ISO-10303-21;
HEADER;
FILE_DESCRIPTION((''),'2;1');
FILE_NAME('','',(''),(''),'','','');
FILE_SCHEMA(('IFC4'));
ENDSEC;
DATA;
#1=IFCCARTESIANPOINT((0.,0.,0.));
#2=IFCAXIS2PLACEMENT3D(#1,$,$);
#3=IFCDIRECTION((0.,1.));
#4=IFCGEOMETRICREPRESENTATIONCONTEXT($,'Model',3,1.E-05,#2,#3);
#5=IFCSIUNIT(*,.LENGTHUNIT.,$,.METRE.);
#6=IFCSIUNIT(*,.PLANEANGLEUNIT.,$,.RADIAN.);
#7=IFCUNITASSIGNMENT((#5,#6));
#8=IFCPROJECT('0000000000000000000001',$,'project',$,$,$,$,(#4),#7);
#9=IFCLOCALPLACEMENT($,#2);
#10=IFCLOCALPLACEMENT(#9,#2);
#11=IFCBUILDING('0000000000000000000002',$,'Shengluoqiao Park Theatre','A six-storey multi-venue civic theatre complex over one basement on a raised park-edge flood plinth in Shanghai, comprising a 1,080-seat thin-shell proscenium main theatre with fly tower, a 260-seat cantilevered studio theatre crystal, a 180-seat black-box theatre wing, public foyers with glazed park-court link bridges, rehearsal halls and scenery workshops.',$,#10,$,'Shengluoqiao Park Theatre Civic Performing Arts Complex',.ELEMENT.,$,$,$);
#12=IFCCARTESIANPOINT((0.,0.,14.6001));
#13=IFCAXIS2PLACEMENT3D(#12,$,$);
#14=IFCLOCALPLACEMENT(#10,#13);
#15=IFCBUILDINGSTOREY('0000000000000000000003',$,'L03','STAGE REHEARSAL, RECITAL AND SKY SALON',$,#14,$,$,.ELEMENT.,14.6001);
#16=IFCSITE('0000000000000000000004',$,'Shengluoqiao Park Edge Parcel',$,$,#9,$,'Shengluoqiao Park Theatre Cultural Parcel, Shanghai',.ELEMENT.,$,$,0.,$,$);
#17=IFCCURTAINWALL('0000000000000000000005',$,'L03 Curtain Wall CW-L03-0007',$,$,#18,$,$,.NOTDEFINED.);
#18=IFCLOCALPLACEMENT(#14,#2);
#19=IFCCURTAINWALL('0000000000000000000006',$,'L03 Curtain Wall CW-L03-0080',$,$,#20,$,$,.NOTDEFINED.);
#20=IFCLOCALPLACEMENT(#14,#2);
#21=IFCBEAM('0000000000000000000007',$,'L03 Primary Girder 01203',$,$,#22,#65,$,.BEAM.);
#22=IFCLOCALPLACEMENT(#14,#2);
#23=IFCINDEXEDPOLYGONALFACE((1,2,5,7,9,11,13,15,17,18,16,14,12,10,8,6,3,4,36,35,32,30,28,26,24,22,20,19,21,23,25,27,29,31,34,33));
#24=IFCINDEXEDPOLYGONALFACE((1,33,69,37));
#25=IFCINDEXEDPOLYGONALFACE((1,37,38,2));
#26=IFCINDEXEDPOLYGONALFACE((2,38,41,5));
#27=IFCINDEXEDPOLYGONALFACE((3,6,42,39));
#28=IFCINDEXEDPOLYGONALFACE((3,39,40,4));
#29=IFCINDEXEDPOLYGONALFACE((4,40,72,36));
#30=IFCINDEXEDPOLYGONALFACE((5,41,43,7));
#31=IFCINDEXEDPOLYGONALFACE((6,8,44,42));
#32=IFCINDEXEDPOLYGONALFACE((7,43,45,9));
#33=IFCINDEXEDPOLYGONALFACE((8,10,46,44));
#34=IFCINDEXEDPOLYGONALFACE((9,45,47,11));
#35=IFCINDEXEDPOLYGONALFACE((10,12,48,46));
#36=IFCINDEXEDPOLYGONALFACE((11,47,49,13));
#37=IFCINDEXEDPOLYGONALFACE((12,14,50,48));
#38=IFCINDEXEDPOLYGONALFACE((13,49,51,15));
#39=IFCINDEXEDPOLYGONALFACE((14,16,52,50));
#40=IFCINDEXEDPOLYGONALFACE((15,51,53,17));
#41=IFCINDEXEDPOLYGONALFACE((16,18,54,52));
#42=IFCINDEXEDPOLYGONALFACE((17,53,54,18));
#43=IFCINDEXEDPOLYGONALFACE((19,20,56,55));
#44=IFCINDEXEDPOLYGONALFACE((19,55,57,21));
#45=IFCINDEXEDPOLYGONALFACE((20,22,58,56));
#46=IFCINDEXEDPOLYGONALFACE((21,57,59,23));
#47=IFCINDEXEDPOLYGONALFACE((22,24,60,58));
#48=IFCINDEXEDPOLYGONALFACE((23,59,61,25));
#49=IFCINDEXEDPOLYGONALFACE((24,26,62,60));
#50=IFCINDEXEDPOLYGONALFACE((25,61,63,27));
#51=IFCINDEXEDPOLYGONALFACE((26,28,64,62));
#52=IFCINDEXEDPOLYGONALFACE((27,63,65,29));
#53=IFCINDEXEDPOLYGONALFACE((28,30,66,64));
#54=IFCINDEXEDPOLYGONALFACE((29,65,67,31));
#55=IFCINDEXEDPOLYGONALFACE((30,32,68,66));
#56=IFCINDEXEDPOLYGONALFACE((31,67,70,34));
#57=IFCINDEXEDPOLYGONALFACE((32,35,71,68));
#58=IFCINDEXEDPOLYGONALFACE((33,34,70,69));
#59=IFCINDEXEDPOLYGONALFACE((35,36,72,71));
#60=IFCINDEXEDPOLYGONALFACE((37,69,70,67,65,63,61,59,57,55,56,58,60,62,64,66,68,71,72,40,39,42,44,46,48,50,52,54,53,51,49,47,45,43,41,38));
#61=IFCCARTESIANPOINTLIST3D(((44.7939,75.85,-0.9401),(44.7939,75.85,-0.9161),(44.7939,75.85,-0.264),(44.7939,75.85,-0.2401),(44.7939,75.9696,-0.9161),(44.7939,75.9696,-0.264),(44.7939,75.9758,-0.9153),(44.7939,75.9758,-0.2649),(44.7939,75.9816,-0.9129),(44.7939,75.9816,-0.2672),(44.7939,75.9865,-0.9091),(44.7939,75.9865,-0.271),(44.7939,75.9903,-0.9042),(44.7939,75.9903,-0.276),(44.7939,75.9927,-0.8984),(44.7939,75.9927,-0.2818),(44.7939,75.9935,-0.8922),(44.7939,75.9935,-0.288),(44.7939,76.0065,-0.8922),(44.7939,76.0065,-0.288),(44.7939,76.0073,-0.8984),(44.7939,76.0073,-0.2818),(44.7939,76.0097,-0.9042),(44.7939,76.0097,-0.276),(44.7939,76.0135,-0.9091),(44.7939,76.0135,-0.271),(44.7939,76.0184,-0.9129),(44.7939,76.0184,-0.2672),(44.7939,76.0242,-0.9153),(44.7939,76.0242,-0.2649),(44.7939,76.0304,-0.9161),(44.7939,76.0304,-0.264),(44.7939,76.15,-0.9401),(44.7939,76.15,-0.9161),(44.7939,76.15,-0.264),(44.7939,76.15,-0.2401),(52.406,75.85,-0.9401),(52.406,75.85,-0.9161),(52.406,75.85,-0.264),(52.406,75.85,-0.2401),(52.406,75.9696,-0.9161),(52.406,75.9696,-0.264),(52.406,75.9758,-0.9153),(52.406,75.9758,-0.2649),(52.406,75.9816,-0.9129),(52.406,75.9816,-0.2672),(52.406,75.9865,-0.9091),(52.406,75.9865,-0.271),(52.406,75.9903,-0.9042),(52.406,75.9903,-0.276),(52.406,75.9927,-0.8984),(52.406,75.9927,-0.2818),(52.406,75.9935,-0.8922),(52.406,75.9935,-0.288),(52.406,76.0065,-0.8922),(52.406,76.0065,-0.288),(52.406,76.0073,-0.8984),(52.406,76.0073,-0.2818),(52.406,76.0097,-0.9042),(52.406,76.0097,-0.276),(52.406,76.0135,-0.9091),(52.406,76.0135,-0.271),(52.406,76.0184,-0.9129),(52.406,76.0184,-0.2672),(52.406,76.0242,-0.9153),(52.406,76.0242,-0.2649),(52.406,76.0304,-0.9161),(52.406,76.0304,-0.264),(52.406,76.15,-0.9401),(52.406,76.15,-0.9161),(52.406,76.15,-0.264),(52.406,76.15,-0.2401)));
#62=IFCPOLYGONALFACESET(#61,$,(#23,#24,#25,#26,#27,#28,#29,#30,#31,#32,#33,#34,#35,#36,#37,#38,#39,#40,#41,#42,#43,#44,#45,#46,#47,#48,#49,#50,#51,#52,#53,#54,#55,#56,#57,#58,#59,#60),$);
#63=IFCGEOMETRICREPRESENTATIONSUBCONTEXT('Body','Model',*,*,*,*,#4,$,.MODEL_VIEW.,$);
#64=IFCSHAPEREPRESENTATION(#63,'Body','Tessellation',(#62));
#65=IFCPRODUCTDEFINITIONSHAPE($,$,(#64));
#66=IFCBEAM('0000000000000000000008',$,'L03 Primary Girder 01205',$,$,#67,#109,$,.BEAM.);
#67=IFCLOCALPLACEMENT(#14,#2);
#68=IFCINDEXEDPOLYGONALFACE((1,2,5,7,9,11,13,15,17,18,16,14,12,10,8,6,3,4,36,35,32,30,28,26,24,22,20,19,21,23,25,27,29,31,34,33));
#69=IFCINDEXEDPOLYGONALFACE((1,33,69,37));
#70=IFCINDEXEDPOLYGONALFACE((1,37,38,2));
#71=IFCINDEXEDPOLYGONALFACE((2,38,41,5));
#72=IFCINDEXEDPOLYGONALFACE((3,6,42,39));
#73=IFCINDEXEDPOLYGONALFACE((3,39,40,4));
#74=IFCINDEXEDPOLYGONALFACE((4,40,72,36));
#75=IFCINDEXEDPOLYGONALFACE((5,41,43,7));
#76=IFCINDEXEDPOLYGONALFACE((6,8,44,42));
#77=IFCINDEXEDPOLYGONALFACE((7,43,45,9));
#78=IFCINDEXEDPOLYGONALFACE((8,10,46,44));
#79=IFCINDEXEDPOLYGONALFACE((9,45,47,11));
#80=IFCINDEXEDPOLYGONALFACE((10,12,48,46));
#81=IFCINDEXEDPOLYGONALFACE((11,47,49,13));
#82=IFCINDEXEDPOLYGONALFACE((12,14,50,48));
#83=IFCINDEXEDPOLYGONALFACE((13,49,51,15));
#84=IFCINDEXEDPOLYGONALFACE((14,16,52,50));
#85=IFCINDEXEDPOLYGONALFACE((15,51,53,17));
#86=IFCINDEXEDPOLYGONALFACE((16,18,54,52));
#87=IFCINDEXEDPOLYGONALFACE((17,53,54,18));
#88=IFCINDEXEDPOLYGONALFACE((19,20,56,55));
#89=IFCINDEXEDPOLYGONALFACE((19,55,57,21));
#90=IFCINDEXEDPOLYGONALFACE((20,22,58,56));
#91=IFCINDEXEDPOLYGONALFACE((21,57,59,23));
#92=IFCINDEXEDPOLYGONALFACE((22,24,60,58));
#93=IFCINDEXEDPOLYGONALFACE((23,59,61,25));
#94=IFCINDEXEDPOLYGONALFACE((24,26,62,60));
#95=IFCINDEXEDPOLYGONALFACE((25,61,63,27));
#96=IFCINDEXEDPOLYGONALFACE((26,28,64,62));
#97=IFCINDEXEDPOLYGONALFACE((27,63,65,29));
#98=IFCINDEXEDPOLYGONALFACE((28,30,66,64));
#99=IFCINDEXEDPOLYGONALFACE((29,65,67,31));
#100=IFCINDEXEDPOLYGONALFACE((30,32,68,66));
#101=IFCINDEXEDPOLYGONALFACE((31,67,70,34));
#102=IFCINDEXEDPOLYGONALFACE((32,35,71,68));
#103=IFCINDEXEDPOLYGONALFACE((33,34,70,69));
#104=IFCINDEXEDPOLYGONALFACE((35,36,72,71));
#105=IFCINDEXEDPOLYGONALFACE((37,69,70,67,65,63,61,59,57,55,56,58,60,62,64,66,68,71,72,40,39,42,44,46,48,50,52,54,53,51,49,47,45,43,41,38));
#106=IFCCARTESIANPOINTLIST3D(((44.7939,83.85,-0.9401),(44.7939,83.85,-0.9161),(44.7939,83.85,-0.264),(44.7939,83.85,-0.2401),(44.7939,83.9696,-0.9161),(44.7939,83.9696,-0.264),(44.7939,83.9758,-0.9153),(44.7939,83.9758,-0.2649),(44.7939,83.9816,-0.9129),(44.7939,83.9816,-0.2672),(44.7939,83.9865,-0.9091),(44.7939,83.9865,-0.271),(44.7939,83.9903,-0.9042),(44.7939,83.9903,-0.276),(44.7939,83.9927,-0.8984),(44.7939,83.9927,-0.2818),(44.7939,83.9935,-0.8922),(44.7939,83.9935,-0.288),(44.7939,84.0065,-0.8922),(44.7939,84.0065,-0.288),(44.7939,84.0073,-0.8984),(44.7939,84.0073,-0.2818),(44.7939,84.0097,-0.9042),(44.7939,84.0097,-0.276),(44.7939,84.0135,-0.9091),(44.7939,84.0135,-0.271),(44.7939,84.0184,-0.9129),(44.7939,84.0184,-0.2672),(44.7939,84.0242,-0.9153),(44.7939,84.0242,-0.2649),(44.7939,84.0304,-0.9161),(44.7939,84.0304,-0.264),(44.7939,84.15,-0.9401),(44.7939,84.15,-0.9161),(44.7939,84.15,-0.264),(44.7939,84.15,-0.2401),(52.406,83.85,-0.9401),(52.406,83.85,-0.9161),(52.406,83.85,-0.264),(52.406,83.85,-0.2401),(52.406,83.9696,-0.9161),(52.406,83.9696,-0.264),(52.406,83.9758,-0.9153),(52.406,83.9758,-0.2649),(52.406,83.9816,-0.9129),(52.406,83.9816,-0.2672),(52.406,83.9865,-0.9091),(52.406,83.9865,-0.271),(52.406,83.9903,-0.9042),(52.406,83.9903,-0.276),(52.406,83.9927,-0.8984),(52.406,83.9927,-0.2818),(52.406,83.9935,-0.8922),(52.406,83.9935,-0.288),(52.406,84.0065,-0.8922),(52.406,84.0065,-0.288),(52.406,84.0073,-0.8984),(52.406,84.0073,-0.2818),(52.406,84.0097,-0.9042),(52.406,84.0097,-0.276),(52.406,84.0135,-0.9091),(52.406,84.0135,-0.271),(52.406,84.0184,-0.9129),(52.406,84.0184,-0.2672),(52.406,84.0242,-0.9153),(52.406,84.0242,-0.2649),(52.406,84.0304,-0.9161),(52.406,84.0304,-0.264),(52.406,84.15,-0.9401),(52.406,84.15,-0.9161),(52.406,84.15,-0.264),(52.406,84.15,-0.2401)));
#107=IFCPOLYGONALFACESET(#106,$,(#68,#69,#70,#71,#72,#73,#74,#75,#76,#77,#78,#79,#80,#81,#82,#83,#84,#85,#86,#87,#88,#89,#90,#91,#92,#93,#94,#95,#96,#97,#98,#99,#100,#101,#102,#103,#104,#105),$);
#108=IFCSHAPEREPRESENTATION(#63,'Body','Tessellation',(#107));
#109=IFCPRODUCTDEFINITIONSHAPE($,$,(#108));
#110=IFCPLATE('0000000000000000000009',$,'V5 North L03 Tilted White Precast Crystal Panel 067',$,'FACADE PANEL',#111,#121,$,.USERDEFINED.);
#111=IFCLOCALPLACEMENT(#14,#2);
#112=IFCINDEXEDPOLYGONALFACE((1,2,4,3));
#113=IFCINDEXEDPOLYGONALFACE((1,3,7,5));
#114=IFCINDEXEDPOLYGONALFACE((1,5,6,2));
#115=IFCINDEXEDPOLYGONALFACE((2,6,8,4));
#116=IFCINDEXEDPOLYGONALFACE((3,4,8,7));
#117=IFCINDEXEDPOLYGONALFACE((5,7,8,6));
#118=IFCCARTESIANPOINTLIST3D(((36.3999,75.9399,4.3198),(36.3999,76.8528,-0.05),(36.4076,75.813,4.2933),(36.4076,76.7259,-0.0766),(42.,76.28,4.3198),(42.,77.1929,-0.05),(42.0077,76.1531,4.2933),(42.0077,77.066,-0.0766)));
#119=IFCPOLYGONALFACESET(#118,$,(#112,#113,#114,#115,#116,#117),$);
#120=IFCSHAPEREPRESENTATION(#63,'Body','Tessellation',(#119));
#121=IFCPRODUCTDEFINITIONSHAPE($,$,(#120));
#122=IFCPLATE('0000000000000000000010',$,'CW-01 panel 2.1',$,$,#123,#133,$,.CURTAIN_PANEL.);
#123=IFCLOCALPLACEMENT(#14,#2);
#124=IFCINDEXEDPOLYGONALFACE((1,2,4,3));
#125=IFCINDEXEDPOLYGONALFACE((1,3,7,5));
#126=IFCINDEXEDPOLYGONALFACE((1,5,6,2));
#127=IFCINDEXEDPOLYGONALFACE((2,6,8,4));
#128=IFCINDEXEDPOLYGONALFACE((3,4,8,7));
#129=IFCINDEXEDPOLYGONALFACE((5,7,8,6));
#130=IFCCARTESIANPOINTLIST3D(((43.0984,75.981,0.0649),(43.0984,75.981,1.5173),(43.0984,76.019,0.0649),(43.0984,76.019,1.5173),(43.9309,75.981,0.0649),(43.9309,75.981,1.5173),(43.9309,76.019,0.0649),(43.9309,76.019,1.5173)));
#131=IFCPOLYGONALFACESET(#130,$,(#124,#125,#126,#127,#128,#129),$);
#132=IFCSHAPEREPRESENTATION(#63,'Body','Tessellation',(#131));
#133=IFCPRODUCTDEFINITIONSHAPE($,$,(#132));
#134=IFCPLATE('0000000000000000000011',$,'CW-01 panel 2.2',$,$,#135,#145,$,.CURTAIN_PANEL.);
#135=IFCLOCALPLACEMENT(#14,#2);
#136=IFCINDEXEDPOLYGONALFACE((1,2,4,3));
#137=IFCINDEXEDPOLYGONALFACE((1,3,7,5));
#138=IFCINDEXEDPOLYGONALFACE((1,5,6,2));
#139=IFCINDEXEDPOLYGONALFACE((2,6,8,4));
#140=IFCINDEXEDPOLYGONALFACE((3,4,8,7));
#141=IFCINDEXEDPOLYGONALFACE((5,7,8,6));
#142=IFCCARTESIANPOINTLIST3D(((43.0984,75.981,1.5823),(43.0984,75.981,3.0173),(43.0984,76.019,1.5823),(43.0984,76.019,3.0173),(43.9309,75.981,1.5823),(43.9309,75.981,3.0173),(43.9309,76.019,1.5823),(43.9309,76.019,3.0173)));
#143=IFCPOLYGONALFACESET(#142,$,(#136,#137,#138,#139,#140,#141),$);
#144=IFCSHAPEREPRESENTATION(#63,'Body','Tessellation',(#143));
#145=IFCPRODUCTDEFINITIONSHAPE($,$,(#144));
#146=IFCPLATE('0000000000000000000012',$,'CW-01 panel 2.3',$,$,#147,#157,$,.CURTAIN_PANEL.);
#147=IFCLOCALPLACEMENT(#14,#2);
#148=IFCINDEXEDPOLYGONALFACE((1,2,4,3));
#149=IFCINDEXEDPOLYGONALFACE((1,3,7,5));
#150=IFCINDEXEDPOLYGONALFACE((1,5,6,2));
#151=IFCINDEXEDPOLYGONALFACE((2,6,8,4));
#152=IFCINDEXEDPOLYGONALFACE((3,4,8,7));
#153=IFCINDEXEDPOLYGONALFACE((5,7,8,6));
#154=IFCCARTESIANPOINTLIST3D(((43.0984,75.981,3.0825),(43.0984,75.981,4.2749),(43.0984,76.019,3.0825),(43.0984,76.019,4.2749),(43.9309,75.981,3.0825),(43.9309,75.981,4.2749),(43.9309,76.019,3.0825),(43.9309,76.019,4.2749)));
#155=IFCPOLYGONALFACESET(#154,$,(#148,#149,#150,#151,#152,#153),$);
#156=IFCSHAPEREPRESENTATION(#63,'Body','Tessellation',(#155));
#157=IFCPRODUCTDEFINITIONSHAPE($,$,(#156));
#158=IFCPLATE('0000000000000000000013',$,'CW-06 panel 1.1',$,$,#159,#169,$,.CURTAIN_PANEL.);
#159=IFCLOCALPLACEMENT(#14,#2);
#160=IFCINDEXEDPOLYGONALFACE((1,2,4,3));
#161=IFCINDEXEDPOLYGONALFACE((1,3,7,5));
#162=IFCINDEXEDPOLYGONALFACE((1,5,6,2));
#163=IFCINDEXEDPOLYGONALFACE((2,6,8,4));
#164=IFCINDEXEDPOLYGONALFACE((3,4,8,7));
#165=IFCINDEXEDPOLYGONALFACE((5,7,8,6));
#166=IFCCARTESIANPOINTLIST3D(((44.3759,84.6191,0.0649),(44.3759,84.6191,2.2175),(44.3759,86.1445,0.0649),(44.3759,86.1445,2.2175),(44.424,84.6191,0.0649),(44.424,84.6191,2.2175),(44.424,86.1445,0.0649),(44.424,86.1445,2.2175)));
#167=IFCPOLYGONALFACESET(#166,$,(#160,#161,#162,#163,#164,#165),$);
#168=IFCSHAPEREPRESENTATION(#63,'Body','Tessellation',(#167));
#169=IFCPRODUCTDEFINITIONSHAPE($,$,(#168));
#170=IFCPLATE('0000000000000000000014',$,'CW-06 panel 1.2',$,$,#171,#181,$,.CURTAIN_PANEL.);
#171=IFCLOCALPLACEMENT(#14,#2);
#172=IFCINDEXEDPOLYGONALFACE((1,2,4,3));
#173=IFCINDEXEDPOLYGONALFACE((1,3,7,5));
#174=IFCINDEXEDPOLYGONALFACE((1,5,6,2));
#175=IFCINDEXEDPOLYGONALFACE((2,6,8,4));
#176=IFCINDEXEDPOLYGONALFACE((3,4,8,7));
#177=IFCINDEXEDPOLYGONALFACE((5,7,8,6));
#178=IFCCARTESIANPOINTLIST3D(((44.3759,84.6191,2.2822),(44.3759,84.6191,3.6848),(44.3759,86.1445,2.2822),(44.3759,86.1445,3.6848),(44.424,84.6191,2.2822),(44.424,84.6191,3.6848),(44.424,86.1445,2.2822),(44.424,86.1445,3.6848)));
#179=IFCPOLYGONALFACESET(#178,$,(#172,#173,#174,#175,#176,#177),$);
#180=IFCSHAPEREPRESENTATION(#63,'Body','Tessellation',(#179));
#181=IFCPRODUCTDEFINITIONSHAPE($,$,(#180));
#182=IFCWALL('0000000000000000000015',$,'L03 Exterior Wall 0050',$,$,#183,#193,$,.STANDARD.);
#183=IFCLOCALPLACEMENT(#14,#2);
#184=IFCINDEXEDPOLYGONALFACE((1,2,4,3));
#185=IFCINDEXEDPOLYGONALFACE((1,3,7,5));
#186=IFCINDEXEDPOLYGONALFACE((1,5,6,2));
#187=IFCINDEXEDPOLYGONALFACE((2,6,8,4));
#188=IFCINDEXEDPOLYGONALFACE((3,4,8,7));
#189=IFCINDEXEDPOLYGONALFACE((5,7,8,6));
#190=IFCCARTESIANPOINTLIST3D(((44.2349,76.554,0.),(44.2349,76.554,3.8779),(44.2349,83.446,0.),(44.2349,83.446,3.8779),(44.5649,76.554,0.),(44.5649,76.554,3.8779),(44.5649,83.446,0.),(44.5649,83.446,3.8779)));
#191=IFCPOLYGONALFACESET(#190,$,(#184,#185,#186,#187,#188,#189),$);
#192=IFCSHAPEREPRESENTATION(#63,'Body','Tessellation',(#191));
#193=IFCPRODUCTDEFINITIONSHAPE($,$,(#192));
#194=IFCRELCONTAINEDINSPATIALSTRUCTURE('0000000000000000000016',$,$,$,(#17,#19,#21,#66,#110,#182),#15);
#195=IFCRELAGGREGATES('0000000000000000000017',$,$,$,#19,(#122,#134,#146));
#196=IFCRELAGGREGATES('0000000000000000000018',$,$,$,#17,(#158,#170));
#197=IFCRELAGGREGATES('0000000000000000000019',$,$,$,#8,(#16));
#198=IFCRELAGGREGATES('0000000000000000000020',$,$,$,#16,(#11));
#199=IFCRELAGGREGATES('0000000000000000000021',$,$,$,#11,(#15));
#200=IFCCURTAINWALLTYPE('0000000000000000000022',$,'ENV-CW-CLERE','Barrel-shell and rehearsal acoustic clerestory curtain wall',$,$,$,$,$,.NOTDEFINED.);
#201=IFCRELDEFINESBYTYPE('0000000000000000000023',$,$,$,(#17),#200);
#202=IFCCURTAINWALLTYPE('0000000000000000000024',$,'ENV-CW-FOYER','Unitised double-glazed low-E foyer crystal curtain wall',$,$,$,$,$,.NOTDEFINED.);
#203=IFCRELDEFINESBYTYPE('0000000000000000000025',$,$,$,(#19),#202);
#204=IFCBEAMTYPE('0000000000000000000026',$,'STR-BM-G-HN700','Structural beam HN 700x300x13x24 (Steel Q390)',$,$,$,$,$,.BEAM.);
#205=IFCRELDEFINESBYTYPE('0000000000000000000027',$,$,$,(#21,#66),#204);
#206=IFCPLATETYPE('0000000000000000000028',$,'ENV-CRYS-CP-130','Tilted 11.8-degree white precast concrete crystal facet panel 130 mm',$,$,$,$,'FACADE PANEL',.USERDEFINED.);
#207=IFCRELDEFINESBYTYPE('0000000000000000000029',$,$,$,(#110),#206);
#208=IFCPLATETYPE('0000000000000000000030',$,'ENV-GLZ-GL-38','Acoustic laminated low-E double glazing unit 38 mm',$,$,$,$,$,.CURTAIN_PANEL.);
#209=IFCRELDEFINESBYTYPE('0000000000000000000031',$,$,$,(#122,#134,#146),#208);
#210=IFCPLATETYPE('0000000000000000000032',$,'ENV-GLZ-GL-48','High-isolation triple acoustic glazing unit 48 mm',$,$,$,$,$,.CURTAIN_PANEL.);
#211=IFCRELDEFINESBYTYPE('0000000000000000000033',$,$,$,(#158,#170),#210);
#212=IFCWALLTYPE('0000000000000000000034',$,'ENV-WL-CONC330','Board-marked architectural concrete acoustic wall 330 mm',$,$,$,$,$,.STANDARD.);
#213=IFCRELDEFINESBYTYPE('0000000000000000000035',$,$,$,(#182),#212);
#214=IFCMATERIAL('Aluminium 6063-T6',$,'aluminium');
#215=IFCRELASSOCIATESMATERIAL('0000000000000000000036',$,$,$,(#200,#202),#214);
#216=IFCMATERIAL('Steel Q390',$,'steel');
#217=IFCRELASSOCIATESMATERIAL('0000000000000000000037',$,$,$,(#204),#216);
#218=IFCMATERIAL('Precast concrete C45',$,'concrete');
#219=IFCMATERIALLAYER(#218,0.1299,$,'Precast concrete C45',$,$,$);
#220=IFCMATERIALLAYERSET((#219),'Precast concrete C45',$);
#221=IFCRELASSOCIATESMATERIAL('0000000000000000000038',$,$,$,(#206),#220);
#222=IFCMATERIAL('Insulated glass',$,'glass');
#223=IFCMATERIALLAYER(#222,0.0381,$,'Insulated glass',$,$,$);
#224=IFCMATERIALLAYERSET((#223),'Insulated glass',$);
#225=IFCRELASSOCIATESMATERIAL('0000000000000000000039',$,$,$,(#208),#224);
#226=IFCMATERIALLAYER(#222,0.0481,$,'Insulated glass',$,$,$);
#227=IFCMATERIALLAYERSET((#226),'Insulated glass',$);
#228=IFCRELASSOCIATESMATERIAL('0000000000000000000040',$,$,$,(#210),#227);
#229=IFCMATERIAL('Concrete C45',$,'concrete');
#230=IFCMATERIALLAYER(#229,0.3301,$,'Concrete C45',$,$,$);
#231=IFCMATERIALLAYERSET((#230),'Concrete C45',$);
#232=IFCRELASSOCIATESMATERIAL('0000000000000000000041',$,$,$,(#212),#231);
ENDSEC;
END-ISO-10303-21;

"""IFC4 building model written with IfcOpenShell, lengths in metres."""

from ifc_helpers import new_model, si_unit, direction, frame, frame_2d, origin, origin_2d, place, context, subcontext, project, spatial, polyline, rectangle, i_section, outline, extrude, material, layer, layer_set, material_profile, profile_set, type_object, element, aggregate, save


model = new_model("IFC4")

# Units and contexts
model_context = context("Model", 3, precision=1e-05, world=origin(), true_north=direction((0.0, 1.0)))
body_context = subcontext(model_context, "Body", "Model", "MODEL_VIEW")
ifc_project = project(units=[si_unit("LENGTHUNIT", "METRE"), si_unit("PLANEANGLEUNIT", "RADIAN")], contexts=[model_context])

# Site, building, storey
site_placement = place(None, origin())
site = spatial("IfcSite", under=ifc_project, at=site_placement, Name="Shengluoqiao Park Edge Parcel", LongName="Shengluoqiao Park Theatre Cultural Parcel, Shanghai", CompositionType="ELEMENT", RefElevation=0.0)
building_placement = place(site_placement, origin())
building = spatial("IfcBuilding", under=site, at=building_placement, Name="Shengluoqiao Park Theatre", Description="A six-storey multi-venue civic theatre complex over one basement on a raised park-edge flood plinth in Shanghai, comprising a 1,080-seat thin-shell proscenium main theatre with fly tower, a 260-seat cantilevered studio theatre crystal, a 180-seat black-box theatre wing, public foyers with glazed park-court link bridges, rehearsal halls and scenery workshops.", LongName="Shengluoqiao Park Theatre Civic Performing Arts Complex", CompositionType="ELEMENT")
storey_placement = place(building_placement, frame((0.0, 0.0, 14.6001)))
storey = spatial("IfcBuildingStorey", under=building, at=storey_placement, Name="L03", Description="STAGE REHEARSAL, RECITAL AND SKY SALON", CompositionType="ELEMENT", Elevation=14.6001)

# Curtain walls
ifc_material_1 = material(Name="Aluminium 6063-T6", Category="aluminium")
curtain_wall_type_1 = type_object("IfcCurtainWallType", Name="ENV-CW-CLERE", Description="Barrel-shell and rehearsal acoustic clerestory curtain wall", PredefinedType="NOTDEFINED", material=ifc_material_1)
curtain_wall_1_placement = place(storey_placement, origin())
curtain_wall_1 = element("IfcCurtainWall", 1, at=curtain_wall_1_placement, inside=storey, type_object=curtain_wall_type_1, Name="L03 Curtain Wall CW-L03-0007", PredefinedType="NOTDEFINED")
curtain_wall_type_2 = type_object("IfcCurtainWallType", Name="ENV-CW-FOYER", Description="Unitised double-glazed low-E foyer crystal curtain wall", PredefinedType="NOTDEFINED", material=ifc_material_1)
curtain_wall_2_placement = place(storey_placement, origin())
curtain_wall_2 = element("IfcCurtainWall", 2, at=curtain_wall_2_placement, inside=storey, type_object=curtain_wall_type_2, Name="L03 Curtain Wall CW-L03-0080", PredefinedType="NOTDEFINED")

# Beams
ifc_material_2 = material(Name="Steel Q390", Category="steel")
ifc_material_profile_1 = material_profile(ifc_material_2, i_section(OverallWidth=0.3, OverallDepth=0.7, WebThickness=0.0129, FlangeThickness=0.0239, FilletRadius=0.0239, at=origin_2d()), Name="HN 700x300x13x24")
ifc_profile_set_1 = profile_set([ifc_material_profile_1], Name="Steel Q390")
beam_type_1 = type_object("IfcBeamType", Name="STR-BM-G-HN700", Description="Structural beam HN 700x300x13x24 (Steel Q390)", PredefinedType="BEAM", material=ifc_profile_set_1)
for number, where, z_axis, x_axis, name in (
    (3, (44.7939, 76.0, -0.5901), (1.0, 0.0, 0.0), (0.0, 1.0, 0.0), "L03 Primary Girder 01203"),
    (4, (44.7939, 84.0, -0.5901), (1.0, 0.0, 0.0), (0.0, 1.0, 0.0), "L03 Primary Girder 01205"),
):
    element("IfcBeam", number, at=place(storey_placement, frame(where, z_axis=z_axis, x_axis=x_axis)), inside=storey, type_object=beam_type_1, Name=name, PredefinedType="BEAM", context=body_context, shape_type="SweptSolid", body=[
        extrude(i_section(OverallWidth=0.3, OverallDepth=0.7, WebThickness=0.0129, FlangeThickness=0.0239, FilletRadius=0.0239, at=origin_2d()), origin(), (0.0, 0.0, 1.0), 7.6121),
    ])

# Plates
ifc_material_3 = material(Name="Precast concrete C45", Category="concrete")
ifc_layer_1 = layer(ifc_material_3, 0.1299, Name="Precast concrete C45")
ifc_layer_set_1 = layer_set([ifc_layer_1], Name="Precast concrete C45")
plate_type_1 = type_object("IfcPlateType", Name="ENV-CRYS-CP-130", Description="Tilted 11.8-degree white precast concrete crystal facet panel 130 mm", ElementType="FACADE PANEL", PredefinedType="USERDEFINED", material=ifc_layer_set_1)
plate_1_placement = place(storey_placement, frame((36.3999, 76.8528, -0.05), z_axis=(-0.059341, 0.977146, 0.20412), x_axis=(0.998161, 0.060617, 0.0)))
element("IfcPlate", 5, at=plate_1_placement, inside=storey, type_object=plate_type_1, Name="V5 North L03 Tilted White Precast Crystal Panel 067", ObjectType="FACADE PANEL", PredefinedType="USERDEFINED", context=body_context, shape_type="SweptSolid", body=[
    extrude(outline(polyline([(0.0, 0.0), (5.6104, 0.0), (5.5551, -4.4639), (-0.0553, -4.4639), (0.0, 0.0)])), origin(), (0.0, 0.0, -1.0), 0.1299),
])
ifc_material_4 = material(Name="Insulated glass", Category="glass")
ifc_layer_2 = layer(ifc_material_4, 0.0381, Name="Insulated glass")
ifc_layer_set_2 = layer_set([ifc_layer_2], Name="Insulated glass")
plate_type_2 = type_object("IfcPlateType", Name="ENV-GLZ-GL-38", Description="Acoustic laminated low-E double glazing unit 38 mm", PredefinedType="CURTAIN_PANEL", material=ifc_layer_set_2)
plate_2_placement = place(storey_placement, frame((43.5146, 76.0, 0.0649), z_axis=(0.0, 0.0, 1.0), x_axis=(1.0, 0.0, 0.0)))
plate_2 = element("IfcPlate", 6, at=plate_2_placement, type_object=plate_type_2, Name="CW-01 panel 2.1", PredefinedType="CURTAIN_PANEL", context=body_context, shape_type="SweptSolid", body=[
    extrude(rectangle(XDim=0.8325, YDim=0.0381, at=origin_2d()), origin(), (0.0, 0.0, 1.0), 1.4524),
])
plate_3_placement = place(storey_placement, frame((43.5146, 76.0, 1.5823), z_axis=(0.0, 0.0, 1.0), x_axis=(1.0, 0.0, 0.0)))
plate_3 = element("IfcPlate", 7, at=plate_3_placement, type_object=plate_type_2, Name="CW-01 panel 2.2", PredefinedType="CURTAIN_PANEL", context=body_context, shape_type="SweptSolid", body=[
    extrude(rectangle(XDim=0.8325, YDim=0.0381, at=origin_2d()), origin(), (0.0, 0.0, 1.0), 1.4351),
])
plate_4_placement = place(storey_placement, frame((43.5146, 76.0, 3.0825), z_axis=(0.0, 0.0, 1.0), x_axis=(1.0, 0.0, 0.0)))
plate_4 = element("IfcPlate", 8, at=plate_4_placement, type_object=plate_type_2, Name="CW-01 panel 2.3", PredefinedType="CURTAIN_PANEL", context=body_context, shape_type="SweptSolid", body=[
    extrude(rectangle(XDim=0.8325, YDim=0.0381, at=origin_2d()), origin(), (0.0, 0.0, 1.0), 1.1924),
])
aggregate(curtain_wall_2, [plate_2, plate_3, plate_4])
ifc_layer_3 = layer(ifc_material_4, 0.0481, Name="Insulated glass")
ifc_layer_set_3 = layer_set([ifc_layer_3], Name="Insulated glass")
plate_type_3 = type_object("IfcPlateType", Name="ENV-GLZ-GL-48", Description="High-isolation triple acoustic glazing unit 48 mm", PredefinedType="CURTAIN_PANEL", material=ifc_layer_set_3)
plate_5_placement = place(storey_placement, frame((44.3999, 85.3818, 0.0649), z_axis=(0.0, 0.0, 1.0), x_axis=(0.0, 1.0, 0.0)))
plate_5 = element("IfcPlate", 9, at=plate_5_placement, type_object=plate_type_3, Name="CW-06 panel 1.1", PredefinedType="CURTAIN_PANEL", context=body_context, shape_type="SweptSolid", body=[
    extrude(rectangle(XDim=1.5254, YDim=0.0481, at=origin_2d()), origin(), (0.0, 0.0, 1.0), 2.1526),
])
plate_6_placement = place(storey_placement, frame((44.3999, 85.3818, 2.2822), z_axis=(0.0, 0.0, 1.0), x_axis=(0.0, 1.0, 0.0)))
plate_6 = element("IfcPlate", 10, at=plate_6_placement, type_object=plate_type_3, Name="CW-06 panel 1.2", PredefinedType="CURTAIN_PANEL", context=body_context, shape_type="SweptSolid", body=[
    extrude(rectangle(XDim=1.5254, YDim=0.0481, at=origin_2d()), origin(), (0.0, 0.0, 1.0), 1.4026),
])
aggregate(curtain_wall_1, [plate_5, plate_6])

# Wall
ifc_material_5 = material(Name="Concrete C45", Category="concrete")
ifc_layer_4 = layer(ifc_material_5, 0.3301, Name="Concrete C45")
ifc_layer_set_4 = layer_set([ifc_layer_4], Name="Concrete C45")
wall_type = type_object("IfcWallType", Name="ENV-WL-CONC330", Description="Board-marked architectural concrete acoustic wall 330 mm", PredefinedType="STANDARD", material=ifc_layer_set_4)
wall_placement = place(storey_placement, frame((44.3999, 76.554, 0.0), z_axis=(0.0, 0.0, 1.0), x_axis=(0.0, 1.0, 0.0)))
element("IfcWall", 11, at=wall_placement, inside=storey, type_object=wall_type, Name="L03 Exterior Wall 0050", PredefinedType="STANDARD", context=body_context, shape_type="SweptSolid", body=[
    extrude(rectangle(XDim=6.8921, YDim=0.3301, at=frame_2d((3.446, 0.0))), origin(), (0.0, 0.0, 1.0), 3.8779),
])

save(model, "model.ifc")
